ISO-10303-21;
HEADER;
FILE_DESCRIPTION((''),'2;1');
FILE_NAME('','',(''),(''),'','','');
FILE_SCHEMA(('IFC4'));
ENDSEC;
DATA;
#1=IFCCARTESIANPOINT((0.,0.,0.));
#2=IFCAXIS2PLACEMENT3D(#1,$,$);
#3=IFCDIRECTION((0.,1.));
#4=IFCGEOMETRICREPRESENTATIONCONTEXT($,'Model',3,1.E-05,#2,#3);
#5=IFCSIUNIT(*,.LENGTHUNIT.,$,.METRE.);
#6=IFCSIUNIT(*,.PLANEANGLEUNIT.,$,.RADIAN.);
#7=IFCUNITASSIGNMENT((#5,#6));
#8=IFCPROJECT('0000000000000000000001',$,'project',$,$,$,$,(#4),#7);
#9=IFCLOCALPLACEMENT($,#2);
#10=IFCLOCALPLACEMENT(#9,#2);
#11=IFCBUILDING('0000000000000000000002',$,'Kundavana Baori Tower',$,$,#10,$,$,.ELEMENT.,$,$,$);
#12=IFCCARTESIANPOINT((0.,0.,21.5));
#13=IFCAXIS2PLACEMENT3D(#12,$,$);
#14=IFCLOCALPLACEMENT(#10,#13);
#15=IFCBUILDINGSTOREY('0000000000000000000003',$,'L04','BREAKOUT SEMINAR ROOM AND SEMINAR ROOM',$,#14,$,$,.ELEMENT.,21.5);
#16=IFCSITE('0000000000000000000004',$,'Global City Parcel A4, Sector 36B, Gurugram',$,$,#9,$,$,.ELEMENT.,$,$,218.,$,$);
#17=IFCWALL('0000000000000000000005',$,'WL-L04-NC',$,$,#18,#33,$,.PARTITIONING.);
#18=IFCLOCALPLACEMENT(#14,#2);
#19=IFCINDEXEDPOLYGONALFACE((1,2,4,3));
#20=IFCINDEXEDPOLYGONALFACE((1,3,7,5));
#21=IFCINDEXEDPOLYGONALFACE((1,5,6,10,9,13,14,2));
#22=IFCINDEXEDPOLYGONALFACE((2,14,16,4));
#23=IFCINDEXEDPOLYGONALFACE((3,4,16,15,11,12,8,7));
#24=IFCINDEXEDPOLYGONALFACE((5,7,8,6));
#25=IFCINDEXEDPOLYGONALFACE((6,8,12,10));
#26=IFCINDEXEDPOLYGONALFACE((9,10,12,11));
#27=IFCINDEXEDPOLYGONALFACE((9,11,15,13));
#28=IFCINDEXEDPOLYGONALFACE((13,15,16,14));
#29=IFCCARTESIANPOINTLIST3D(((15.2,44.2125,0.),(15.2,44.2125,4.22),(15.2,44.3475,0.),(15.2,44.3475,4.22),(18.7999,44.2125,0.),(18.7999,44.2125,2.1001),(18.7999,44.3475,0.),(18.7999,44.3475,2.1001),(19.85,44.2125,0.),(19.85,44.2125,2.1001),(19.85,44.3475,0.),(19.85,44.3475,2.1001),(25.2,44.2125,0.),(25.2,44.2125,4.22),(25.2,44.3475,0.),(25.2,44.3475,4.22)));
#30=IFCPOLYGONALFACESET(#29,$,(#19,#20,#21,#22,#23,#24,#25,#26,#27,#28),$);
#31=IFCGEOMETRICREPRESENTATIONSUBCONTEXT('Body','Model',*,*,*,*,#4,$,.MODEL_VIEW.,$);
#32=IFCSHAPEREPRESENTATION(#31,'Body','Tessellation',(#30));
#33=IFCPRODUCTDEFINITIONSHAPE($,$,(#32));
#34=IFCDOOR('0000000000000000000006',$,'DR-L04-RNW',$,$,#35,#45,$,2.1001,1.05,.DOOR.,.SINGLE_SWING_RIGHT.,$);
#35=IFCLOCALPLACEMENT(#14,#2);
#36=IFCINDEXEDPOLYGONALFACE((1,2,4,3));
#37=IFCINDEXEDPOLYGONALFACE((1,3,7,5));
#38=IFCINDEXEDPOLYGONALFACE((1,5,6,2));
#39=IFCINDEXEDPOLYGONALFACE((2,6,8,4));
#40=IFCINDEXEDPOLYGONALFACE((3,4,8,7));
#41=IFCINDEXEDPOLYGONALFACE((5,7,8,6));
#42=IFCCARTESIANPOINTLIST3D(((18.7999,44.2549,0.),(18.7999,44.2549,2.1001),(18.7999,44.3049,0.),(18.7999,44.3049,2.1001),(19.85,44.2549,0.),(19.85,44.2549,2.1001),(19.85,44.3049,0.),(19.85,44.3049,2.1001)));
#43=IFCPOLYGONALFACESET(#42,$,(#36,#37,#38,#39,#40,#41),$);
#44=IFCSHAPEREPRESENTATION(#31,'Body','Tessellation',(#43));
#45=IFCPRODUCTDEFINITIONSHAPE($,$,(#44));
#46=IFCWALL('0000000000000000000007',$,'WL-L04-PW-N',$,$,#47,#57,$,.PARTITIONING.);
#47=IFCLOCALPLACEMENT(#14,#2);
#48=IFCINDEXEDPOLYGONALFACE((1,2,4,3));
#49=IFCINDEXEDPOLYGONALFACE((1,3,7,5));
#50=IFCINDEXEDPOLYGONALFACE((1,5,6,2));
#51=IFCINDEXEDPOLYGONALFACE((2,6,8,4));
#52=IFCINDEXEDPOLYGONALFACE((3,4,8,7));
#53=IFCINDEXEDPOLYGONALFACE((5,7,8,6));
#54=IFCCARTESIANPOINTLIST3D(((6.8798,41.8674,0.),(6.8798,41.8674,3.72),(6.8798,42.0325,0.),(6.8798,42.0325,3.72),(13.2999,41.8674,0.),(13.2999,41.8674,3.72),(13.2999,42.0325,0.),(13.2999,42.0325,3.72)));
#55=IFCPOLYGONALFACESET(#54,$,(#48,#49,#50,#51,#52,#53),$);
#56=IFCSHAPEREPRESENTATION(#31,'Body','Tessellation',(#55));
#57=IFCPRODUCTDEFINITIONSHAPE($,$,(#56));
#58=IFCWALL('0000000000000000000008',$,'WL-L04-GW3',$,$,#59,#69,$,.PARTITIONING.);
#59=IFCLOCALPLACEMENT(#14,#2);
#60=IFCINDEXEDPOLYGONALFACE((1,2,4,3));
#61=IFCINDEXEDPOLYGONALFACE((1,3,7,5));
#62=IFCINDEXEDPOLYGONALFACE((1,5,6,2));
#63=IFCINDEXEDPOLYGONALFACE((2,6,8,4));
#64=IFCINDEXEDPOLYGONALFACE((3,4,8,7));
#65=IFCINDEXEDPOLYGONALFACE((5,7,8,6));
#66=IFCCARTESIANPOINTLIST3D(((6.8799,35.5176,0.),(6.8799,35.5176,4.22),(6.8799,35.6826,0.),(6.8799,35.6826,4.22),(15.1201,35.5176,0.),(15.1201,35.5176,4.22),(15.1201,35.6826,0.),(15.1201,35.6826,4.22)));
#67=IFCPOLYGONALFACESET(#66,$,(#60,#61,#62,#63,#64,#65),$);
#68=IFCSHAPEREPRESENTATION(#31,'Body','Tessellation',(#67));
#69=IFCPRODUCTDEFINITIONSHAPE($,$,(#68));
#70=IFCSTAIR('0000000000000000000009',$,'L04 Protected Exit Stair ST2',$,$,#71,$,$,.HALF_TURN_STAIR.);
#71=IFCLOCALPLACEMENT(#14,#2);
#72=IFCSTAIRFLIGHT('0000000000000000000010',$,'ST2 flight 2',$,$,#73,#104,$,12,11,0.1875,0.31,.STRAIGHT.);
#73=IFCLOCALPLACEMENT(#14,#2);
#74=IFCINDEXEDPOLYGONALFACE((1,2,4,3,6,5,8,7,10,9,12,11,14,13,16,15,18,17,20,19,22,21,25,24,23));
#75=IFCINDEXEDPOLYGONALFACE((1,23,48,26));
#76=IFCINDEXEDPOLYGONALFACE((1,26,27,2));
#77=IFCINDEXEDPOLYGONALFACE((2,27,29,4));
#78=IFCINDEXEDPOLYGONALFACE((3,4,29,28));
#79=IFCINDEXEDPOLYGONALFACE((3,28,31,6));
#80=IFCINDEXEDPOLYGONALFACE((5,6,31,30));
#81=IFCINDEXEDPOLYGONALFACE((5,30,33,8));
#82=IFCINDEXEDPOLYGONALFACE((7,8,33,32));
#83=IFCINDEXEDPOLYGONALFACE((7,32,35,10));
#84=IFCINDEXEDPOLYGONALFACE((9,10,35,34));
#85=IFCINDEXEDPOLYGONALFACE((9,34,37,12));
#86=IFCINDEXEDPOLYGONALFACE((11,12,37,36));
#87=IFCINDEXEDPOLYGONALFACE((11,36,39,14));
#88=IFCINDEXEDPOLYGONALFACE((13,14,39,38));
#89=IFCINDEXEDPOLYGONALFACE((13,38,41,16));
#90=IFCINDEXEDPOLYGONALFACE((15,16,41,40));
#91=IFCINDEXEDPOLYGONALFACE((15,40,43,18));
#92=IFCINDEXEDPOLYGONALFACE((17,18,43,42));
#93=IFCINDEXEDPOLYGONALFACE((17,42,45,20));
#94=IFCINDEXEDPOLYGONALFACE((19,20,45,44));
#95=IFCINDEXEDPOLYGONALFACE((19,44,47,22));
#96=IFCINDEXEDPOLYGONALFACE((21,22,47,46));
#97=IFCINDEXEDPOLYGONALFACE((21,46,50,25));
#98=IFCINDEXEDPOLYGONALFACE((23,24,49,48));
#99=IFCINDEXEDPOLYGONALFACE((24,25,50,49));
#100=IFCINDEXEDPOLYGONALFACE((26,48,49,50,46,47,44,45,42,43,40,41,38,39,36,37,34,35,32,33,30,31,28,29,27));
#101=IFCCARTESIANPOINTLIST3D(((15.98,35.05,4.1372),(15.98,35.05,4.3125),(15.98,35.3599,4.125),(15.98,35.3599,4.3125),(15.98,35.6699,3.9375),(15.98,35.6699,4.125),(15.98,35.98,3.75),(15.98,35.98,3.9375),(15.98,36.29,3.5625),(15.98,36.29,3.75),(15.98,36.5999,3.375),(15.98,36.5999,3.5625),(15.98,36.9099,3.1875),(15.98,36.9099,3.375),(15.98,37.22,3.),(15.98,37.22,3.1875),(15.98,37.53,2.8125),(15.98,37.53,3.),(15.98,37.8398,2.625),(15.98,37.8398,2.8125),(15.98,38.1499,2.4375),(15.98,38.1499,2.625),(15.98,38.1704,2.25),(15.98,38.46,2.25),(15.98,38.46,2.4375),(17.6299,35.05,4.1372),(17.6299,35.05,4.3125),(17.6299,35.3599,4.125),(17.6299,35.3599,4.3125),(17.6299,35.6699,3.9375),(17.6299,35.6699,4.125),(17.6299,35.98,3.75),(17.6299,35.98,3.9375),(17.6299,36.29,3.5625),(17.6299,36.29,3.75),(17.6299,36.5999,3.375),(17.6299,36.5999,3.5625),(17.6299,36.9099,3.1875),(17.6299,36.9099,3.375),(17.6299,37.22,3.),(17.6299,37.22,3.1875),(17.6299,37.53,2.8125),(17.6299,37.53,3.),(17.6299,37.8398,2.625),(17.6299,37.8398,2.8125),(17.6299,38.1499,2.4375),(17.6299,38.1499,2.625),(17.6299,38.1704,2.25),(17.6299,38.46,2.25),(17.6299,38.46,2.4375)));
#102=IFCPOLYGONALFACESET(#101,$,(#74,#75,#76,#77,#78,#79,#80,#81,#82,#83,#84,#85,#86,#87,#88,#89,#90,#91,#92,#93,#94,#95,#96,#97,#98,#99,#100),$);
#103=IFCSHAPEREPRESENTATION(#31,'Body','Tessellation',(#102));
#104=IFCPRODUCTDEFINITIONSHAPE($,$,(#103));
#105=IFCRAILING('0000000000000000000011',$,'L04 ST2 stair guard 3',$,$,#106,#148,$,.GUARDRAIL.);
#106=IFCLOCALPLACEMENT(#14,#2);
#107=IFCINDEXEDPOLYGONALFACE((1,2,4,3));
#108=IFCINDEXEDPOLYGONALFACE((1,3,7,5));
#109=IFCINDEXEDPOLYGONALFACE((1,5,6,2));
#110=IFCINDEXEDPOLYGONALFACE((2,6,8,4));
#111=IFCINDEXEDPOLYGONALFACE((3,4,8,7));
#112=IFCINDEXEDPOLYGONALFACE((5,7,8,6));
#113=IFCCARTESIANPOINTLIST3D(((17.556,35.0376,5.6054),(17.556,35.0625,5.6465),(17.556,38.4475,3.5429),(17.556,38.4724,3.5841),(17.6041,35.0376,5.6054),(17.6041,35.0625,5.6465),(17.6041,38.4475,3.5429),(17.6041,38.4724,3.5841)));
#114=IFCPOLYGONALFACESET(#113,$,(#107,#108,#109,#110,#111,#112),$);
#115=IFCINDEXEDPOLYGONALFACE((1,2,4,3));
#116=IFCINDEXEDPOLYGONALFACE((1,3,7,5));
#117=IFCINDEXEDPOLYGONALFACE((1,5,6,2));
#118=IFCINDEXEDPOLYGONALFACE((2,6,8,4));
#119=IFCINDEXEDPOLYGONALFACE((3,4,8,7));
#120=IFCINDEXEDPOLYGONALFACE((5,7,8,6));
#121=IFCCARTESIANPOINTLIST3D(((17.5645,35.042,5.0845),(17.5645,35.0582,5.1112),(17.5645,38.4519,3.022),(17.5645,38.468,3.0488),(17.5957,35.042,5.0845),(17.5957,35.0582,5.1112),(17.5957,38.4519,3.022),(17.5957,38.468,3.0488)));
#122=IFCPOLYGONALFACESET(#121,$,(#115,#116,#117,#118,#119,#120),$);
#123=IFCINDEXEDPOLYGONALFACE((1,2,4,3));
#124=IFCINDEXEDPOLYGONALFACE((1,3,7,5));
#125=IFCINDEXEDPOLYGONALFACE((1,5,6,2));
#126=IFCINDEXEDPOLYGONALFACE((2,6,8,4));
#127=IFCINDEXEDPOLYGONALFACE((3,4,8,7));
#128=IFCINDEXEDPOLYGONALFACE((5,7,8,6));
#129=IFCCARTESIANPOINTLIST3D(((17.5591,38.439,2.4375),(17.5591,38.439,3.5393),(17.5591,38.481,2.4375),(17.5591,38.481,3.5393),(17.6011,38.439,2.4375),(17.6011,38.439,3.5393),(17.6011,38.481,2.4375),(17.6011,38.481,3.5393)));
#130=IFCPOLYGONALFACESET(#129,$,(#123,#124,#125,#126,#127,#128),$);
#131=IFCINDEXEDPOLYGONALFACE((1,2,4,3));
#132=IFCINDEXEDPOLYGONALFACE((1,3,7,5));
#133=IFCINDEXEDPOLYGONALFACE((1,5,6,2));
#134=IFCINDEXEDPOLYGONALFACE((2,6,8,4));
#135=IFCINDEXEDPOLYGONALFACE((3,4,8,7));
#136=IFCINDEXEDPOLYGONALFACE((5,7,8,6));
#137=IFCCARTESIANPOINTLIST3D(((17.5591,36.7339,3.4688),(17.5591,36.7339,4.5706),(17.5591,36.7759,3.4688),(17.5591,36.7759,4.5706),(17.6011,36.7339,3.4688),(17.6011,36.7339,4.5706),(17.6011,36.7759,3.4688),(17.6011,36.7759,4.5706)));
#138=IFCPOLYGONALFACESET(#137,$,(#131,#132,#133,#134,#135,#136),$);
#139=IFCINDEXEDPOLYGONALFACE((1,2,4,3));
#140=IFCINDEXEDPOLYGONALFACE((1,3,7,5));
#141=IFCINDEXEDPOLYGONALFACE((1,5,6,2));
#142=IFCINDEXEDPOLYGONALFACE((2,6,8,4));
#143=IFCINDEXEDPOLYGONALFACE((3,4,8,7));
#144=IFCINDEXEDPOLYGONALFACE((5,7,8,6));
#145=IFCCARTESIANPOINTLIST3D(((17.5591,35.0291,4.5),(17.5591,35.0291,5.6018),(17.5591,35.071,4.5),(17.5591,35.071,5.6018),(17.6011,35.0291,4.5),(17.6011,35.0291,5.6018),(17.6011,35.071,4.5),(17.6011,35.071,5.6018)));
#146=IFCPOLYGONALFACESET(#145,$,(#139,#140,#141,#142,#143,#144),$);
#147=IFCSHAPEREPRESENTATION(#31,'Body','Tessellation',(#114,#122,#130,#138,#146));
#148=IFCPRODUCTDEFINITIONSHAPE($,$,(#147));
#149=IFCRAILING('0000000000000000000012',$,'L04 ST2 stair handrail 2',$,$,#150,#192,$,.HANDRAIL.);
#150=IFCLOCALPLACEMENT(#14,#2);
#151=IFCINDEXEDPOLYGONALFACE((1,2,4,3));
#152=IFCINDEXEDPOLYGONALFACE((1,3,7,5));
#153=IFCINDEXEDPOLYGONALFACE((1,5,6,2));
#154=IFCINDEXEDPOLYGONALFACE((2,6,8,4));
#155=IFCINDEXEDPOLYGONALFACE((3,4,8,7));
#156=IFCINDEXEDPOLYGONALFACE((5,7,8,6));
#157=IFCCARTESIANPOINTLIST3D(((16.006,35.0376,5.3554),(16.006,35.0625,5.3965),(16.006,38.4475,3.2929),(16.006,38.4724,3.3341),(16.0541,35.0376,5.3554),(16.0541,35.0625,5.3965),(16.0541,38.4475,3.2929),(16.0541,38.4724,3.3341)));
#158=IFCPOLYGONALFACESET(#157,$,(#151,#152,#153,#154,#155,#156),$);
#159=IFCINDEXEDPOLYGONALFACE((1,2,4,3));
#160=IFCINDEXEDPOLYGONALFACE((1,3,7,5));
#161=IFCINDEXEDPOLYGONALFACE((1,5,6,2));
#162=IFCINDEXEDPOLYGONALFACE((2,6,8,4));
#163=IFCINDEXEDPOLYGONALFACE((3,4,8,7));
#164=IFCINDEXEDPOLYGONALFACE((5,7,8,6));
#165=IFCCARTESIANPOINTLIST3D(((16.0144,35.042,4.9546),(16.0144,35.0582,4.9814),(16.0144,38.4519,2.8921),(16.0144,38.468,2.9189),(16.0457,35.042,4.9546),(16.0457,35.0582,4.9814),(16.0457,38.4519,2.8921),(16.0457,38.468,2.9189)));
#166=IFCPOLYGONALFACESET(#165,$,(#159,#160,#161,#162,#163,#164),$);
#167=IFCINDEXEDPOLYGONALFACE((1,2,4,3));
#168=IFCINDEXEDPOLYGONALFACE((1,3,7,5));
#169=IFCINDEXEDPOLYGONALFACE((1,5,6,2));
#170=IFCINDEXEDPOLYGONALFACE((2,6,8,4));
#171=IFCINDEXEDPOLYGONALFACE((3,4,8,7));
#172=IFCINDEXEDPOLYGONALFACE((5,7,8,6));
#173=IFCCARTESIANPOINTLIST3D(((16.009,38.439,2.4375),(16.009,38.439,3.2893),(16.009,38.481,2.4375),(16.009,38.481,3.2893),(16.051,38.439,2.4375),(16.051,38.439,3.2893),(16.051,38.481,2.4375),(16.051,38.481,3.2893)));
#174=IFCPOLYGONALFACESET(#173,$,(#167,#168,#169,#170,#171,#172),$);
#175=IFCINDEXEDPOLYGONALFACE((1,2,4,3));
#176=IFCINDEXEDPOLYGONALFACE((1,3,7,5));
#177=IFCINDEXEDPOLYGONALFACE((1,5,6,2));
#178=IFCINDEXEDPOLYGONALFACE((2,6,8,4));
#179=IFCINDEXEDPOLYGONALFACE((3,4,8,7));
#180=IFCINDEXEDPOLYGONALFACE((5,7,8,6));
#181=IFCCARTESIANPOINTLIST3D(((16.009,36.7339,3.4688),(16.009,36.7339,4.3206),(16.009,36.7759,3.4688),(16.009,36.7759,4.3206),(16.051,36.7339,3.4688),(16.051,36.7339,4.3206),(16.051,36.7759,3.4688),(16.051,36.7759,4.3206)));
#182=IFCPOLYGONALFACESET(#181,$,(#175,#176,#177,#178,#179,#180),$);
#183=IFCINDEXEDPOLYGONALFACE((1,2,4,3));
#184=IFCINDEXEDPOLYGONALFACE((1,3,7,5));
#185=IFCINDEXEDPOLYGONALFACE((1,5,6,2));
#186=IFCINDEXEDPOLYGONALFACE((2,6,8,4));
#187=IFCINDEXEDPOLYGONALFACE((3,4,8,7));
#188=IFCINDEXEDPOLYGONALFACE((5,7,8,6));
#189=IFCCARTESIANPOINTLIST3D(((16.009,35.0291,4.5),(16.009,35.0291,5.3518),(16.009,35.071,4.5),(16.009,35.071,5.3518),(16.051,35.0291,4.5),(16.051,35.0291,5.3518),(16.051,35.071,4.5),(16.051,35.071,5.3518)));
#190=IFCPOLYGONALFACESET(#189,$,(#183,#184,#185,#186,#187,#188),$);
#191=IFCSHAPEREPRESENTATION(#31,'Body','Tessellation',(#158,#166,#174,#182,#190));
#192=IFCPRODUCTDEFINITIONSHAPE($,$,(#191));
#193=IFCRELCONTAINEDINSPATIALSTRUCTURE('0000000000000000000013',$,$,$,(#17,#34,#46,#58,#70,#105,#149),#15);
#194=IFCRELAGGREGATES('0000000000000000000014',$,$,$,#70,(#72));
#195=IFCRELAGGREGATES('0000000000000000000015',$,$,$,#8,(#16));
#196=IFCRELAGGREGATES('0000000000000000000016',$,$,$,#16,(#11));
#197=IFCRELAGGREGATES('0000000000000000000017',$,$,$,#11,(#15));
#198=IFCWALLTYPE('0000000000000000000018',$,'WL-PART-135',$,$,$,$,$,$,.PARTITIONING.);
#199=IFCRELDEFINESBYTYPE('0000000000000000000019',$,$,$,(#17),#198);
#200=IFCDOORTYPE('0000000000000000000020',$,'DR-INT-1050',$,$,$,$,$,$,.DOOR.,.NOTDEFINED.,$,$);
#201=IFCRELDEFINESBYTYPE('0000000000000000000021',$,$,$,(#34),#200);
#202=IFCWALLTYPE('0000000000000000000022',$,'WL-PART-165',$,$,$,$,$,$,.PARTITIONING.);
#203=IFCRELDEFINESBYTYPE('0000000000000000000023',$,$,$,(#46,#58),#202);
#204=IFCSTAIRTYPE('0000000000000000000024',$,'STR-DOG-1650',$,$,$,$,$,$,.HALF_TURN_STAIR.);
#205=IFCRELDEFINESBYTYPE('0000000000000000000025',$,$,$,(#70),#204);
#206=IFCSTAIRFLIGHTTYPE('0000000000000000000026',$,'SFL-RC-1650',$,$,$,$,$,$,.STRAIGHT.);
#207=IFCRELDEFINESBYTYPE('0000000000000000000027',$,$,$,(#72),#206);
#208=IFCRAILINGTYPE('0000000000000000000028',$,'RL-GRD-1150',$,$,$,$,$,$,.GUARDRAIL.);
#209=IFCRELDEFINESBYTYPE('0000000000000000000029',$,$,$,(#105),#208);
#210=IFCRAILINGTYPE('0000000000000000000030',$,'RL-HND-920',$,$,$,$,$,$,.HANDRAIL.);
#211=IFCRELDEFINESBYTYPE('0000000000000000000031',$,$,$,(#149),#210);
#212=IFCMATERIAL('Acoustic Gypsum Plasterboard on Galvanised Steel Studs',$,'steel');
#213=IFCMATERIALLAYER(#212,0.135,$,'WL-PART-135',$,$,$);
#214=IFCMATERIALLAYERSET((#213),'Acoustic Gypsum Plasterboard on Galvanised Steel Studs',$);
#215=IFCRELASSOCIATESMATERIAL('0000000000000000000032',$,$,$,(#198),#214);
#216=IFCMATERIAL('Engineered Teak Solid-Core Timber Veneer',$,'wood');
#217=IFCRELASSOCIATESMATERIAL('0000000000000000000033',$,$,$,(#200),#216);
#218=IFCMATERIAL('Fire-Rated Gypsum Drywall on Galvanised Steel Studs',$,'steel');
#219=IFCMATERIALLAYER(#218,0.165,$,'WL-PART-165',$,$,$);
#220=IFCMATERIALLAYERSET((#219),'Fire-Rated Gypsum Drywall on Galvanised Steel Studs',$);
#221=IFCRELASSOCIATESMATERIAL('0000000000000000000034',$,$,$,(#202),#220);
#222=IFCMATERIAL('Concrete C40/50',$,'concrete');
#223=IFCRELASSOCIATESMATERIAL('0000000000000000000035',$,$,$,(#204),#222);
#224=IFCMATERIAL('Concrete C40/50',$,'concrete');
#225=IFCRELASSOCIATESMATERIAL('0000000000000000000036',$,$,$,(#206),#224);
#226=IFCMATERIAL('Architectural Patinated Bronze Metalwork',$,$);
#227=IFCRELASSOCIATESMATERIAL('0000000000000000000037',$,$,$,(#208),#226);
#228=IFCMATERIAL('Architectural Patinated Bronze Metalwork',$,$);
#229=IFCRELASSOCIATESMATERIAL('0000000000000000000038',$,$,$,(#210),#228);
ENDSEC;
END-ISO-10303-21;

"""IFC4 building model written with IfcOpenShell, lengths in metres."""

from ifc_helpers import new_model, si_unit, direction, frame, frame_2d, origin, origin_2d, place, context, subcontext, project, spatial, polyline, rectangle, outline, extrude, material, layer, layer_set, type_object, element, fill, aggregate, save


model = new_model("IFC4")

# Units and contexts
model_context = context("Model", 3, precision=1e-05, world=origin(), true_north=direction((0.0, 1.0)))
body_context = subcontext(model_context, "Body", "Model", "MODEL_VIEW")
ifc_project = project(units=[si_unit("LENGTHUNIT", "METRE"), si_unit("PLANEANGLEUNIT", "RADIAN")], contexts=[model_context])

# Site, building, storey
site_placement = place(None, origin())
site = spatial("IfcSite", under=ifc_project, at=site_placement, Name="Global City Parcel A4, Sector 36B, Gurugram", CompositionType="ELEMENT", RefElevation=218.0)
building_placement = place(site_placement, origin())
building = spatial("IfcBuilding", under=site, at=building_placement, Name="Kundavana Baori Tower", CompositionType="ELEMENT")
storey_placement = place(building_placement, frame((0.0, 0.0, 21.5)))
storey = spatial("IfcBuildingStorey", under=building, at=storey_placement, Name="L04", Description="BREAKOUT SEMINAR ROOM AND SEMINAR ROOM", CompositionType="ELEMENT", Elevation=21.5)

# Wall, opening, door
ifc_material_1 = material(Name="Acoustic Gypsum Plasterboard on Galvanised Steel Studs", Category="steel")
ifc_layer_1 = layer(ifc_material_1, 0.135, Name="WL-PART-135")
ifc_layer_set_1 = layer_set([ifc_layer_1], Name="Acoustic Gypsum Plasterboard on Galvanised Steel Studs")
wall_type_1 = type_object("IfcWallType", Name="WL-PART-135", PredefinedType="PARTITIONING", material=ifc_layer_set_1)
wall_1_placement = place(storey_placement, frame((15.2, 44.28, 0.0), z_axis=(0.0, 0.0, 1.0), x_axis=(1.0, 0.0, 0.0)))
wall_1 = element("IfcWall", 1, at=wall_1_placement, inside=storey, type_object=wall_type_1, Name="WL-L04-NC", PredefinedType="PARTITIONING", context=body_context, shape_type="SweptSolid", body=[
    extrude(rectangle(XDim=10.0, YDim=0.135, at=frame_2d((5.0, 0.0))), origin(), (0.0, 0.0, 1.0), 4.22),
])
opening_1_placement = place(wall_1_placement, frame((3.6001, 0.0, 0.0)))
opening_1 = element("IfcOpeningElement", 2, at=opening_1_placement, cuts=wall_1, PredefinedType="OPENING", context=body_context, shape_type="SweptSolid", body=[
    extrude(rectangle(XDim=1.05, YDim=2.1001, at=frame_2d((0.5249, 1.05))), frame((0.0, 0.0776, 0.0), z_axis=(0.0, -1.0, 0.0), x_axis=(1.0, 0.0, 0.0)), (0.0, 0.0, 1.0), 0.155),
])
ifc_material_2 = material(Name="Engineered Teak Solid-Core Timber Veneer", Category="wood")
door_type = type_object("IfcDoorType", Name="DR-INT-1050", OperationType="NOTDEFINED", PredefinedType="DOOR", material=ifc_material_2)
door_placement = place(opening_1_placement, origin())
door = element("IfcDoor", 3, at=door_placement, inside=storey, type_object=door_type, Name="DR-L04-RNW", OperationType="SINGLE_SWING_RIGHT", OverallHeight=2.1001, OverallWidth=1.05, PredefinedType="DOOR", context=body_context, shape_type="SweptSolid", body=[
    extrude(rectangle(XDim=1.05, YDim=2.1001, at=frame_2d((0.5249, 1.05))), frame((0.0, 0.0249, 0.0), z_axis=(0.0, -1.0, 0.0), x_axis=(1.0, 0.0, 0.0)), (0.0, 0.0, 1.0), 0.05),
])
fill(opening_1, door)

# Walls
ifc_material_3 = material(Name="Fire-Rated Gypsum Drywall on Galvanised Steel Studs", Category="steel")
ifc_layer_2 = layer(ifc_material_3, 0.165, Name="WL-PART-165")
ifc_layer_set_2 = layer_set([ifc_layer_2], Name="Fire-Rated Gypsum Drywall on Galvanised Steel Studs")
wall_type_2 = type_object("IfcWallType", Name="WL-PART-165", PredefinedType="PARTITIONING", material=ifc_layer_set_2)
wall_2_placement = place(storey_placement, frame((6.8799, 41.95, 0.0), z_axis=(0.0, 0.0, 1.0), x_axis=(1.0, 0.0, 0.0)))
element("IfcWall", 4, at=wall_2_placement, inside=storey, type_object=wall_type_2, Name="WL-L04-PW-N", PredefinedType="PARTITIONING", context=body_context, shape_type="SweptSolid", body=[
    extrude(rectangle(XDim=6.4202, YDim=0.165, at=frame_2d((3.21, 0.0))), origin(), (0.0, 0.0, 1.0), 3.72),
])
wall_3_placement = place(storey_placement, frame((6.8799, 35.6001, 0.0), z_axis=(0.0, 0.0, 1.0), x_axis=(1.0, 0.0, 0.0)))
element("IfcWall", 5, at=wall_3_placement, inside=storey, type_object=wall_type_2, Name="WL-L04-GW3", PredefinedType="PARTITIONING", context=body_context, shape_type="SweptSolid", body=[
    extrude(rectangle(XDim=8.2402, YDim=0.165, at=frame_2d((4.1201, 0.0))), origin(), (0.0, 0.0, 1.0), 4.22),
])

# Stair, stair flight
ifc_material_4 = material(Name="Concrete C40/50", Category="concrete")
stair_type = type_object("IfcStairType", Name="STR-DOG-1650", PredefinedType="HALF_TURN_STAIR", material=ifc_material_4)
stair_placement = place(storey_placement, origin())
stair = element("IfcStair", 6, at=stair_placement, inside=storey, type_object=stair_type, Name="L04 Protected Exit Stair ST2", PredefinedType="HALF_TURN_STAIR")
ifc_material_5 = material(Name="Concrete C40/50", Category="concrete")
stair_flight_type = type_object("IfcStairFlightType", Name="SFL-RC-1650", PredefinedType="STRAIGHT", material=ifc_material_5)
stair_flight_placement = place(storey_placement, frame((16.8049, 38.46, 2.25), z_axis=(0.0, 0.0, 1.0), x_axis=(0.0, -1.0, 0.0)))
stair_flight = element("IfcStairFlight", 7, at=stair_flight_placement, type_object=stair_flight_type, Name="ST2 flight 2", NumberOfRisers=12, NumberOfTreads=11, PredefinedType="STRAIGHT", RiserHeight=0.1875, TreadLength=0.31, context=body_context, shape_type="SweptSolid", body=[
    extrude(outline(polyline([(0.0, 0.0), (0.0, 0.1875), (0.3101, 0.1875), (0.3101, 0.375), (0.6201, 0.375), (0.6201, 0.5625), (0.9299, 0.5625), (0.9299, 0.75), (1.24, 0.75), (1.24, 0.9375), (1.55, 0.9375), (1.55, 1.125), (1.8601, 1.125), (1.8601, 1.3125), (2.1699, 1.3125), (2.1699, 1.5), (2.48, 1.5), (2.48, 1.6875), (2.79, 1.6875), (2.79, 1.875), (3.1001, 1.875), (3.1001, 2.0625), (3.4099, 2.0625), (3.4099, 2.25), (3.4099, 1.8872), (0.2896, 0.0), (0.0, 0.0)])), frame((0.0, 0.825, 0.0), z_axis=(0.0, -1.0, 0.0), x_axis=(1.0, 0.0, 0.0)), (0.0, 0.0, 1.0), 1.6499),
])
aggregate(stair, [stair_flight])

# Railings
ifc_material_6 = material(Name="Architectural Patinated Bronze Metalwork")
railing_type_1 = type_object("IfcRailingType", Name="RL-GRD-1150", PredefinedType="GUARDRAIL", material=ifc_material_6)
railing_1_placement = place(storey_placement, frame((17.5801, 38.46, 2.4375)))
element("IfcRailing", 8, at=railing_1_placement, inside=storey, type_object=railing_type_1, Name="L04 ST2 stair guard 3", PredefinedType="GUARDRAIL", context=body_context, shape_type="SweptSolid", body=[
    extrude(rectangle(XDim=0.0481, YDim=0.0481, at=origin_2d()), frame((0.0, 0.0, 1.126), z_axis=(0.0, -0.855655, 0.517547), x_axis=(1.0, 0.0, 0.0)), (0.0, 0.0, 1.0), 3.9851),
    extrude(rectangle(XDim=0.0312, YDim=0.0312, at=origin_2d()), frame((0.0, 0.0, 0.5979), z_axis=(0.0, -0.855655, 0.517547), x_axis=(1.0, 0.0, 0.0)), (0.0, 0.0, 1.0), 3.9851),
    extrude(rectangle(XDim=0.042, YDim=0.042, at=origin_2d()), origin(), (0.0, 0.0, 1.0), 1.1018),
    extrude(rectangle(XDim=0.042, YDim=0.042, at=origin_2d()), frame((0.0, -1.7051, 1.0312)), (0.0, 0.0, 1.0), 1.1018),
    extrude(rectangle(XDim=0.042, YDim=0.042, at=origin_2d()), frame((0.0, -3.4099, 2.0625)), (0.0, 0.0, 1.0), 1.1018),
])
ifc_material_7 = material(Name="Architectural Patinated Bronze Metalwork")
railing_type_2 = type_object("IfcRailingType", Name="RL-HND-920", PredefinedType="HANDRAIL", material=ifc_material_7)
railing_2_placement = place(storey_placement, frame((16.03, 38.46, 2.4375)))
element("IfcRailing", 9, at=railing_2_placement, inside=storey, type_object=railing_type_2, Name="L04 ST2 stair handrail 2", PredefinedType="HANDRAIL", context=body_context, shape_type="SweptSolid", body=[
    extrude(rectangle(XDim=0.0481, YDim=0.0481, at=origin_2d()), frame((0.0, 0.0, 0.876), z_axis=(0.0, -0.855655, 0.517547), x_axis=(1.0, 0.0, 0.0)), (0.0, 0.0, 1.0), 3.9851),
    extrude(rectangle(XDim=0.0312, YDim=0.0312, at=origin_2d()), frame((0.0, 0.0, 0.468), z_axis=(0.0, -0.855655, 0.517547), x_axis=(1.0, 0.0, 0.0)), (0.0, 0.0, 1.0), 3.9851),
    extrude(rectangle(XDim=0.042, YDim=0.042, at=origin_2d()), origin(), (0.0, 0.0, 1.0), 0.8518),
    extrude(rectangle(XDim=0.042, YDim=0.042, at=origin_2d()), frame((0.0, -1.7051, 1.0312)), (0.0, 0.0, 1.0), 0.8518),
    extrude(rectangle(XDim=0.042, YDim=0.042, at=origin_2d()), frame((0.0, -3.4099, 2.0625)), (0.0, 0.0, 1.0), 0.8518),
])

save(model, "model.ifc")
